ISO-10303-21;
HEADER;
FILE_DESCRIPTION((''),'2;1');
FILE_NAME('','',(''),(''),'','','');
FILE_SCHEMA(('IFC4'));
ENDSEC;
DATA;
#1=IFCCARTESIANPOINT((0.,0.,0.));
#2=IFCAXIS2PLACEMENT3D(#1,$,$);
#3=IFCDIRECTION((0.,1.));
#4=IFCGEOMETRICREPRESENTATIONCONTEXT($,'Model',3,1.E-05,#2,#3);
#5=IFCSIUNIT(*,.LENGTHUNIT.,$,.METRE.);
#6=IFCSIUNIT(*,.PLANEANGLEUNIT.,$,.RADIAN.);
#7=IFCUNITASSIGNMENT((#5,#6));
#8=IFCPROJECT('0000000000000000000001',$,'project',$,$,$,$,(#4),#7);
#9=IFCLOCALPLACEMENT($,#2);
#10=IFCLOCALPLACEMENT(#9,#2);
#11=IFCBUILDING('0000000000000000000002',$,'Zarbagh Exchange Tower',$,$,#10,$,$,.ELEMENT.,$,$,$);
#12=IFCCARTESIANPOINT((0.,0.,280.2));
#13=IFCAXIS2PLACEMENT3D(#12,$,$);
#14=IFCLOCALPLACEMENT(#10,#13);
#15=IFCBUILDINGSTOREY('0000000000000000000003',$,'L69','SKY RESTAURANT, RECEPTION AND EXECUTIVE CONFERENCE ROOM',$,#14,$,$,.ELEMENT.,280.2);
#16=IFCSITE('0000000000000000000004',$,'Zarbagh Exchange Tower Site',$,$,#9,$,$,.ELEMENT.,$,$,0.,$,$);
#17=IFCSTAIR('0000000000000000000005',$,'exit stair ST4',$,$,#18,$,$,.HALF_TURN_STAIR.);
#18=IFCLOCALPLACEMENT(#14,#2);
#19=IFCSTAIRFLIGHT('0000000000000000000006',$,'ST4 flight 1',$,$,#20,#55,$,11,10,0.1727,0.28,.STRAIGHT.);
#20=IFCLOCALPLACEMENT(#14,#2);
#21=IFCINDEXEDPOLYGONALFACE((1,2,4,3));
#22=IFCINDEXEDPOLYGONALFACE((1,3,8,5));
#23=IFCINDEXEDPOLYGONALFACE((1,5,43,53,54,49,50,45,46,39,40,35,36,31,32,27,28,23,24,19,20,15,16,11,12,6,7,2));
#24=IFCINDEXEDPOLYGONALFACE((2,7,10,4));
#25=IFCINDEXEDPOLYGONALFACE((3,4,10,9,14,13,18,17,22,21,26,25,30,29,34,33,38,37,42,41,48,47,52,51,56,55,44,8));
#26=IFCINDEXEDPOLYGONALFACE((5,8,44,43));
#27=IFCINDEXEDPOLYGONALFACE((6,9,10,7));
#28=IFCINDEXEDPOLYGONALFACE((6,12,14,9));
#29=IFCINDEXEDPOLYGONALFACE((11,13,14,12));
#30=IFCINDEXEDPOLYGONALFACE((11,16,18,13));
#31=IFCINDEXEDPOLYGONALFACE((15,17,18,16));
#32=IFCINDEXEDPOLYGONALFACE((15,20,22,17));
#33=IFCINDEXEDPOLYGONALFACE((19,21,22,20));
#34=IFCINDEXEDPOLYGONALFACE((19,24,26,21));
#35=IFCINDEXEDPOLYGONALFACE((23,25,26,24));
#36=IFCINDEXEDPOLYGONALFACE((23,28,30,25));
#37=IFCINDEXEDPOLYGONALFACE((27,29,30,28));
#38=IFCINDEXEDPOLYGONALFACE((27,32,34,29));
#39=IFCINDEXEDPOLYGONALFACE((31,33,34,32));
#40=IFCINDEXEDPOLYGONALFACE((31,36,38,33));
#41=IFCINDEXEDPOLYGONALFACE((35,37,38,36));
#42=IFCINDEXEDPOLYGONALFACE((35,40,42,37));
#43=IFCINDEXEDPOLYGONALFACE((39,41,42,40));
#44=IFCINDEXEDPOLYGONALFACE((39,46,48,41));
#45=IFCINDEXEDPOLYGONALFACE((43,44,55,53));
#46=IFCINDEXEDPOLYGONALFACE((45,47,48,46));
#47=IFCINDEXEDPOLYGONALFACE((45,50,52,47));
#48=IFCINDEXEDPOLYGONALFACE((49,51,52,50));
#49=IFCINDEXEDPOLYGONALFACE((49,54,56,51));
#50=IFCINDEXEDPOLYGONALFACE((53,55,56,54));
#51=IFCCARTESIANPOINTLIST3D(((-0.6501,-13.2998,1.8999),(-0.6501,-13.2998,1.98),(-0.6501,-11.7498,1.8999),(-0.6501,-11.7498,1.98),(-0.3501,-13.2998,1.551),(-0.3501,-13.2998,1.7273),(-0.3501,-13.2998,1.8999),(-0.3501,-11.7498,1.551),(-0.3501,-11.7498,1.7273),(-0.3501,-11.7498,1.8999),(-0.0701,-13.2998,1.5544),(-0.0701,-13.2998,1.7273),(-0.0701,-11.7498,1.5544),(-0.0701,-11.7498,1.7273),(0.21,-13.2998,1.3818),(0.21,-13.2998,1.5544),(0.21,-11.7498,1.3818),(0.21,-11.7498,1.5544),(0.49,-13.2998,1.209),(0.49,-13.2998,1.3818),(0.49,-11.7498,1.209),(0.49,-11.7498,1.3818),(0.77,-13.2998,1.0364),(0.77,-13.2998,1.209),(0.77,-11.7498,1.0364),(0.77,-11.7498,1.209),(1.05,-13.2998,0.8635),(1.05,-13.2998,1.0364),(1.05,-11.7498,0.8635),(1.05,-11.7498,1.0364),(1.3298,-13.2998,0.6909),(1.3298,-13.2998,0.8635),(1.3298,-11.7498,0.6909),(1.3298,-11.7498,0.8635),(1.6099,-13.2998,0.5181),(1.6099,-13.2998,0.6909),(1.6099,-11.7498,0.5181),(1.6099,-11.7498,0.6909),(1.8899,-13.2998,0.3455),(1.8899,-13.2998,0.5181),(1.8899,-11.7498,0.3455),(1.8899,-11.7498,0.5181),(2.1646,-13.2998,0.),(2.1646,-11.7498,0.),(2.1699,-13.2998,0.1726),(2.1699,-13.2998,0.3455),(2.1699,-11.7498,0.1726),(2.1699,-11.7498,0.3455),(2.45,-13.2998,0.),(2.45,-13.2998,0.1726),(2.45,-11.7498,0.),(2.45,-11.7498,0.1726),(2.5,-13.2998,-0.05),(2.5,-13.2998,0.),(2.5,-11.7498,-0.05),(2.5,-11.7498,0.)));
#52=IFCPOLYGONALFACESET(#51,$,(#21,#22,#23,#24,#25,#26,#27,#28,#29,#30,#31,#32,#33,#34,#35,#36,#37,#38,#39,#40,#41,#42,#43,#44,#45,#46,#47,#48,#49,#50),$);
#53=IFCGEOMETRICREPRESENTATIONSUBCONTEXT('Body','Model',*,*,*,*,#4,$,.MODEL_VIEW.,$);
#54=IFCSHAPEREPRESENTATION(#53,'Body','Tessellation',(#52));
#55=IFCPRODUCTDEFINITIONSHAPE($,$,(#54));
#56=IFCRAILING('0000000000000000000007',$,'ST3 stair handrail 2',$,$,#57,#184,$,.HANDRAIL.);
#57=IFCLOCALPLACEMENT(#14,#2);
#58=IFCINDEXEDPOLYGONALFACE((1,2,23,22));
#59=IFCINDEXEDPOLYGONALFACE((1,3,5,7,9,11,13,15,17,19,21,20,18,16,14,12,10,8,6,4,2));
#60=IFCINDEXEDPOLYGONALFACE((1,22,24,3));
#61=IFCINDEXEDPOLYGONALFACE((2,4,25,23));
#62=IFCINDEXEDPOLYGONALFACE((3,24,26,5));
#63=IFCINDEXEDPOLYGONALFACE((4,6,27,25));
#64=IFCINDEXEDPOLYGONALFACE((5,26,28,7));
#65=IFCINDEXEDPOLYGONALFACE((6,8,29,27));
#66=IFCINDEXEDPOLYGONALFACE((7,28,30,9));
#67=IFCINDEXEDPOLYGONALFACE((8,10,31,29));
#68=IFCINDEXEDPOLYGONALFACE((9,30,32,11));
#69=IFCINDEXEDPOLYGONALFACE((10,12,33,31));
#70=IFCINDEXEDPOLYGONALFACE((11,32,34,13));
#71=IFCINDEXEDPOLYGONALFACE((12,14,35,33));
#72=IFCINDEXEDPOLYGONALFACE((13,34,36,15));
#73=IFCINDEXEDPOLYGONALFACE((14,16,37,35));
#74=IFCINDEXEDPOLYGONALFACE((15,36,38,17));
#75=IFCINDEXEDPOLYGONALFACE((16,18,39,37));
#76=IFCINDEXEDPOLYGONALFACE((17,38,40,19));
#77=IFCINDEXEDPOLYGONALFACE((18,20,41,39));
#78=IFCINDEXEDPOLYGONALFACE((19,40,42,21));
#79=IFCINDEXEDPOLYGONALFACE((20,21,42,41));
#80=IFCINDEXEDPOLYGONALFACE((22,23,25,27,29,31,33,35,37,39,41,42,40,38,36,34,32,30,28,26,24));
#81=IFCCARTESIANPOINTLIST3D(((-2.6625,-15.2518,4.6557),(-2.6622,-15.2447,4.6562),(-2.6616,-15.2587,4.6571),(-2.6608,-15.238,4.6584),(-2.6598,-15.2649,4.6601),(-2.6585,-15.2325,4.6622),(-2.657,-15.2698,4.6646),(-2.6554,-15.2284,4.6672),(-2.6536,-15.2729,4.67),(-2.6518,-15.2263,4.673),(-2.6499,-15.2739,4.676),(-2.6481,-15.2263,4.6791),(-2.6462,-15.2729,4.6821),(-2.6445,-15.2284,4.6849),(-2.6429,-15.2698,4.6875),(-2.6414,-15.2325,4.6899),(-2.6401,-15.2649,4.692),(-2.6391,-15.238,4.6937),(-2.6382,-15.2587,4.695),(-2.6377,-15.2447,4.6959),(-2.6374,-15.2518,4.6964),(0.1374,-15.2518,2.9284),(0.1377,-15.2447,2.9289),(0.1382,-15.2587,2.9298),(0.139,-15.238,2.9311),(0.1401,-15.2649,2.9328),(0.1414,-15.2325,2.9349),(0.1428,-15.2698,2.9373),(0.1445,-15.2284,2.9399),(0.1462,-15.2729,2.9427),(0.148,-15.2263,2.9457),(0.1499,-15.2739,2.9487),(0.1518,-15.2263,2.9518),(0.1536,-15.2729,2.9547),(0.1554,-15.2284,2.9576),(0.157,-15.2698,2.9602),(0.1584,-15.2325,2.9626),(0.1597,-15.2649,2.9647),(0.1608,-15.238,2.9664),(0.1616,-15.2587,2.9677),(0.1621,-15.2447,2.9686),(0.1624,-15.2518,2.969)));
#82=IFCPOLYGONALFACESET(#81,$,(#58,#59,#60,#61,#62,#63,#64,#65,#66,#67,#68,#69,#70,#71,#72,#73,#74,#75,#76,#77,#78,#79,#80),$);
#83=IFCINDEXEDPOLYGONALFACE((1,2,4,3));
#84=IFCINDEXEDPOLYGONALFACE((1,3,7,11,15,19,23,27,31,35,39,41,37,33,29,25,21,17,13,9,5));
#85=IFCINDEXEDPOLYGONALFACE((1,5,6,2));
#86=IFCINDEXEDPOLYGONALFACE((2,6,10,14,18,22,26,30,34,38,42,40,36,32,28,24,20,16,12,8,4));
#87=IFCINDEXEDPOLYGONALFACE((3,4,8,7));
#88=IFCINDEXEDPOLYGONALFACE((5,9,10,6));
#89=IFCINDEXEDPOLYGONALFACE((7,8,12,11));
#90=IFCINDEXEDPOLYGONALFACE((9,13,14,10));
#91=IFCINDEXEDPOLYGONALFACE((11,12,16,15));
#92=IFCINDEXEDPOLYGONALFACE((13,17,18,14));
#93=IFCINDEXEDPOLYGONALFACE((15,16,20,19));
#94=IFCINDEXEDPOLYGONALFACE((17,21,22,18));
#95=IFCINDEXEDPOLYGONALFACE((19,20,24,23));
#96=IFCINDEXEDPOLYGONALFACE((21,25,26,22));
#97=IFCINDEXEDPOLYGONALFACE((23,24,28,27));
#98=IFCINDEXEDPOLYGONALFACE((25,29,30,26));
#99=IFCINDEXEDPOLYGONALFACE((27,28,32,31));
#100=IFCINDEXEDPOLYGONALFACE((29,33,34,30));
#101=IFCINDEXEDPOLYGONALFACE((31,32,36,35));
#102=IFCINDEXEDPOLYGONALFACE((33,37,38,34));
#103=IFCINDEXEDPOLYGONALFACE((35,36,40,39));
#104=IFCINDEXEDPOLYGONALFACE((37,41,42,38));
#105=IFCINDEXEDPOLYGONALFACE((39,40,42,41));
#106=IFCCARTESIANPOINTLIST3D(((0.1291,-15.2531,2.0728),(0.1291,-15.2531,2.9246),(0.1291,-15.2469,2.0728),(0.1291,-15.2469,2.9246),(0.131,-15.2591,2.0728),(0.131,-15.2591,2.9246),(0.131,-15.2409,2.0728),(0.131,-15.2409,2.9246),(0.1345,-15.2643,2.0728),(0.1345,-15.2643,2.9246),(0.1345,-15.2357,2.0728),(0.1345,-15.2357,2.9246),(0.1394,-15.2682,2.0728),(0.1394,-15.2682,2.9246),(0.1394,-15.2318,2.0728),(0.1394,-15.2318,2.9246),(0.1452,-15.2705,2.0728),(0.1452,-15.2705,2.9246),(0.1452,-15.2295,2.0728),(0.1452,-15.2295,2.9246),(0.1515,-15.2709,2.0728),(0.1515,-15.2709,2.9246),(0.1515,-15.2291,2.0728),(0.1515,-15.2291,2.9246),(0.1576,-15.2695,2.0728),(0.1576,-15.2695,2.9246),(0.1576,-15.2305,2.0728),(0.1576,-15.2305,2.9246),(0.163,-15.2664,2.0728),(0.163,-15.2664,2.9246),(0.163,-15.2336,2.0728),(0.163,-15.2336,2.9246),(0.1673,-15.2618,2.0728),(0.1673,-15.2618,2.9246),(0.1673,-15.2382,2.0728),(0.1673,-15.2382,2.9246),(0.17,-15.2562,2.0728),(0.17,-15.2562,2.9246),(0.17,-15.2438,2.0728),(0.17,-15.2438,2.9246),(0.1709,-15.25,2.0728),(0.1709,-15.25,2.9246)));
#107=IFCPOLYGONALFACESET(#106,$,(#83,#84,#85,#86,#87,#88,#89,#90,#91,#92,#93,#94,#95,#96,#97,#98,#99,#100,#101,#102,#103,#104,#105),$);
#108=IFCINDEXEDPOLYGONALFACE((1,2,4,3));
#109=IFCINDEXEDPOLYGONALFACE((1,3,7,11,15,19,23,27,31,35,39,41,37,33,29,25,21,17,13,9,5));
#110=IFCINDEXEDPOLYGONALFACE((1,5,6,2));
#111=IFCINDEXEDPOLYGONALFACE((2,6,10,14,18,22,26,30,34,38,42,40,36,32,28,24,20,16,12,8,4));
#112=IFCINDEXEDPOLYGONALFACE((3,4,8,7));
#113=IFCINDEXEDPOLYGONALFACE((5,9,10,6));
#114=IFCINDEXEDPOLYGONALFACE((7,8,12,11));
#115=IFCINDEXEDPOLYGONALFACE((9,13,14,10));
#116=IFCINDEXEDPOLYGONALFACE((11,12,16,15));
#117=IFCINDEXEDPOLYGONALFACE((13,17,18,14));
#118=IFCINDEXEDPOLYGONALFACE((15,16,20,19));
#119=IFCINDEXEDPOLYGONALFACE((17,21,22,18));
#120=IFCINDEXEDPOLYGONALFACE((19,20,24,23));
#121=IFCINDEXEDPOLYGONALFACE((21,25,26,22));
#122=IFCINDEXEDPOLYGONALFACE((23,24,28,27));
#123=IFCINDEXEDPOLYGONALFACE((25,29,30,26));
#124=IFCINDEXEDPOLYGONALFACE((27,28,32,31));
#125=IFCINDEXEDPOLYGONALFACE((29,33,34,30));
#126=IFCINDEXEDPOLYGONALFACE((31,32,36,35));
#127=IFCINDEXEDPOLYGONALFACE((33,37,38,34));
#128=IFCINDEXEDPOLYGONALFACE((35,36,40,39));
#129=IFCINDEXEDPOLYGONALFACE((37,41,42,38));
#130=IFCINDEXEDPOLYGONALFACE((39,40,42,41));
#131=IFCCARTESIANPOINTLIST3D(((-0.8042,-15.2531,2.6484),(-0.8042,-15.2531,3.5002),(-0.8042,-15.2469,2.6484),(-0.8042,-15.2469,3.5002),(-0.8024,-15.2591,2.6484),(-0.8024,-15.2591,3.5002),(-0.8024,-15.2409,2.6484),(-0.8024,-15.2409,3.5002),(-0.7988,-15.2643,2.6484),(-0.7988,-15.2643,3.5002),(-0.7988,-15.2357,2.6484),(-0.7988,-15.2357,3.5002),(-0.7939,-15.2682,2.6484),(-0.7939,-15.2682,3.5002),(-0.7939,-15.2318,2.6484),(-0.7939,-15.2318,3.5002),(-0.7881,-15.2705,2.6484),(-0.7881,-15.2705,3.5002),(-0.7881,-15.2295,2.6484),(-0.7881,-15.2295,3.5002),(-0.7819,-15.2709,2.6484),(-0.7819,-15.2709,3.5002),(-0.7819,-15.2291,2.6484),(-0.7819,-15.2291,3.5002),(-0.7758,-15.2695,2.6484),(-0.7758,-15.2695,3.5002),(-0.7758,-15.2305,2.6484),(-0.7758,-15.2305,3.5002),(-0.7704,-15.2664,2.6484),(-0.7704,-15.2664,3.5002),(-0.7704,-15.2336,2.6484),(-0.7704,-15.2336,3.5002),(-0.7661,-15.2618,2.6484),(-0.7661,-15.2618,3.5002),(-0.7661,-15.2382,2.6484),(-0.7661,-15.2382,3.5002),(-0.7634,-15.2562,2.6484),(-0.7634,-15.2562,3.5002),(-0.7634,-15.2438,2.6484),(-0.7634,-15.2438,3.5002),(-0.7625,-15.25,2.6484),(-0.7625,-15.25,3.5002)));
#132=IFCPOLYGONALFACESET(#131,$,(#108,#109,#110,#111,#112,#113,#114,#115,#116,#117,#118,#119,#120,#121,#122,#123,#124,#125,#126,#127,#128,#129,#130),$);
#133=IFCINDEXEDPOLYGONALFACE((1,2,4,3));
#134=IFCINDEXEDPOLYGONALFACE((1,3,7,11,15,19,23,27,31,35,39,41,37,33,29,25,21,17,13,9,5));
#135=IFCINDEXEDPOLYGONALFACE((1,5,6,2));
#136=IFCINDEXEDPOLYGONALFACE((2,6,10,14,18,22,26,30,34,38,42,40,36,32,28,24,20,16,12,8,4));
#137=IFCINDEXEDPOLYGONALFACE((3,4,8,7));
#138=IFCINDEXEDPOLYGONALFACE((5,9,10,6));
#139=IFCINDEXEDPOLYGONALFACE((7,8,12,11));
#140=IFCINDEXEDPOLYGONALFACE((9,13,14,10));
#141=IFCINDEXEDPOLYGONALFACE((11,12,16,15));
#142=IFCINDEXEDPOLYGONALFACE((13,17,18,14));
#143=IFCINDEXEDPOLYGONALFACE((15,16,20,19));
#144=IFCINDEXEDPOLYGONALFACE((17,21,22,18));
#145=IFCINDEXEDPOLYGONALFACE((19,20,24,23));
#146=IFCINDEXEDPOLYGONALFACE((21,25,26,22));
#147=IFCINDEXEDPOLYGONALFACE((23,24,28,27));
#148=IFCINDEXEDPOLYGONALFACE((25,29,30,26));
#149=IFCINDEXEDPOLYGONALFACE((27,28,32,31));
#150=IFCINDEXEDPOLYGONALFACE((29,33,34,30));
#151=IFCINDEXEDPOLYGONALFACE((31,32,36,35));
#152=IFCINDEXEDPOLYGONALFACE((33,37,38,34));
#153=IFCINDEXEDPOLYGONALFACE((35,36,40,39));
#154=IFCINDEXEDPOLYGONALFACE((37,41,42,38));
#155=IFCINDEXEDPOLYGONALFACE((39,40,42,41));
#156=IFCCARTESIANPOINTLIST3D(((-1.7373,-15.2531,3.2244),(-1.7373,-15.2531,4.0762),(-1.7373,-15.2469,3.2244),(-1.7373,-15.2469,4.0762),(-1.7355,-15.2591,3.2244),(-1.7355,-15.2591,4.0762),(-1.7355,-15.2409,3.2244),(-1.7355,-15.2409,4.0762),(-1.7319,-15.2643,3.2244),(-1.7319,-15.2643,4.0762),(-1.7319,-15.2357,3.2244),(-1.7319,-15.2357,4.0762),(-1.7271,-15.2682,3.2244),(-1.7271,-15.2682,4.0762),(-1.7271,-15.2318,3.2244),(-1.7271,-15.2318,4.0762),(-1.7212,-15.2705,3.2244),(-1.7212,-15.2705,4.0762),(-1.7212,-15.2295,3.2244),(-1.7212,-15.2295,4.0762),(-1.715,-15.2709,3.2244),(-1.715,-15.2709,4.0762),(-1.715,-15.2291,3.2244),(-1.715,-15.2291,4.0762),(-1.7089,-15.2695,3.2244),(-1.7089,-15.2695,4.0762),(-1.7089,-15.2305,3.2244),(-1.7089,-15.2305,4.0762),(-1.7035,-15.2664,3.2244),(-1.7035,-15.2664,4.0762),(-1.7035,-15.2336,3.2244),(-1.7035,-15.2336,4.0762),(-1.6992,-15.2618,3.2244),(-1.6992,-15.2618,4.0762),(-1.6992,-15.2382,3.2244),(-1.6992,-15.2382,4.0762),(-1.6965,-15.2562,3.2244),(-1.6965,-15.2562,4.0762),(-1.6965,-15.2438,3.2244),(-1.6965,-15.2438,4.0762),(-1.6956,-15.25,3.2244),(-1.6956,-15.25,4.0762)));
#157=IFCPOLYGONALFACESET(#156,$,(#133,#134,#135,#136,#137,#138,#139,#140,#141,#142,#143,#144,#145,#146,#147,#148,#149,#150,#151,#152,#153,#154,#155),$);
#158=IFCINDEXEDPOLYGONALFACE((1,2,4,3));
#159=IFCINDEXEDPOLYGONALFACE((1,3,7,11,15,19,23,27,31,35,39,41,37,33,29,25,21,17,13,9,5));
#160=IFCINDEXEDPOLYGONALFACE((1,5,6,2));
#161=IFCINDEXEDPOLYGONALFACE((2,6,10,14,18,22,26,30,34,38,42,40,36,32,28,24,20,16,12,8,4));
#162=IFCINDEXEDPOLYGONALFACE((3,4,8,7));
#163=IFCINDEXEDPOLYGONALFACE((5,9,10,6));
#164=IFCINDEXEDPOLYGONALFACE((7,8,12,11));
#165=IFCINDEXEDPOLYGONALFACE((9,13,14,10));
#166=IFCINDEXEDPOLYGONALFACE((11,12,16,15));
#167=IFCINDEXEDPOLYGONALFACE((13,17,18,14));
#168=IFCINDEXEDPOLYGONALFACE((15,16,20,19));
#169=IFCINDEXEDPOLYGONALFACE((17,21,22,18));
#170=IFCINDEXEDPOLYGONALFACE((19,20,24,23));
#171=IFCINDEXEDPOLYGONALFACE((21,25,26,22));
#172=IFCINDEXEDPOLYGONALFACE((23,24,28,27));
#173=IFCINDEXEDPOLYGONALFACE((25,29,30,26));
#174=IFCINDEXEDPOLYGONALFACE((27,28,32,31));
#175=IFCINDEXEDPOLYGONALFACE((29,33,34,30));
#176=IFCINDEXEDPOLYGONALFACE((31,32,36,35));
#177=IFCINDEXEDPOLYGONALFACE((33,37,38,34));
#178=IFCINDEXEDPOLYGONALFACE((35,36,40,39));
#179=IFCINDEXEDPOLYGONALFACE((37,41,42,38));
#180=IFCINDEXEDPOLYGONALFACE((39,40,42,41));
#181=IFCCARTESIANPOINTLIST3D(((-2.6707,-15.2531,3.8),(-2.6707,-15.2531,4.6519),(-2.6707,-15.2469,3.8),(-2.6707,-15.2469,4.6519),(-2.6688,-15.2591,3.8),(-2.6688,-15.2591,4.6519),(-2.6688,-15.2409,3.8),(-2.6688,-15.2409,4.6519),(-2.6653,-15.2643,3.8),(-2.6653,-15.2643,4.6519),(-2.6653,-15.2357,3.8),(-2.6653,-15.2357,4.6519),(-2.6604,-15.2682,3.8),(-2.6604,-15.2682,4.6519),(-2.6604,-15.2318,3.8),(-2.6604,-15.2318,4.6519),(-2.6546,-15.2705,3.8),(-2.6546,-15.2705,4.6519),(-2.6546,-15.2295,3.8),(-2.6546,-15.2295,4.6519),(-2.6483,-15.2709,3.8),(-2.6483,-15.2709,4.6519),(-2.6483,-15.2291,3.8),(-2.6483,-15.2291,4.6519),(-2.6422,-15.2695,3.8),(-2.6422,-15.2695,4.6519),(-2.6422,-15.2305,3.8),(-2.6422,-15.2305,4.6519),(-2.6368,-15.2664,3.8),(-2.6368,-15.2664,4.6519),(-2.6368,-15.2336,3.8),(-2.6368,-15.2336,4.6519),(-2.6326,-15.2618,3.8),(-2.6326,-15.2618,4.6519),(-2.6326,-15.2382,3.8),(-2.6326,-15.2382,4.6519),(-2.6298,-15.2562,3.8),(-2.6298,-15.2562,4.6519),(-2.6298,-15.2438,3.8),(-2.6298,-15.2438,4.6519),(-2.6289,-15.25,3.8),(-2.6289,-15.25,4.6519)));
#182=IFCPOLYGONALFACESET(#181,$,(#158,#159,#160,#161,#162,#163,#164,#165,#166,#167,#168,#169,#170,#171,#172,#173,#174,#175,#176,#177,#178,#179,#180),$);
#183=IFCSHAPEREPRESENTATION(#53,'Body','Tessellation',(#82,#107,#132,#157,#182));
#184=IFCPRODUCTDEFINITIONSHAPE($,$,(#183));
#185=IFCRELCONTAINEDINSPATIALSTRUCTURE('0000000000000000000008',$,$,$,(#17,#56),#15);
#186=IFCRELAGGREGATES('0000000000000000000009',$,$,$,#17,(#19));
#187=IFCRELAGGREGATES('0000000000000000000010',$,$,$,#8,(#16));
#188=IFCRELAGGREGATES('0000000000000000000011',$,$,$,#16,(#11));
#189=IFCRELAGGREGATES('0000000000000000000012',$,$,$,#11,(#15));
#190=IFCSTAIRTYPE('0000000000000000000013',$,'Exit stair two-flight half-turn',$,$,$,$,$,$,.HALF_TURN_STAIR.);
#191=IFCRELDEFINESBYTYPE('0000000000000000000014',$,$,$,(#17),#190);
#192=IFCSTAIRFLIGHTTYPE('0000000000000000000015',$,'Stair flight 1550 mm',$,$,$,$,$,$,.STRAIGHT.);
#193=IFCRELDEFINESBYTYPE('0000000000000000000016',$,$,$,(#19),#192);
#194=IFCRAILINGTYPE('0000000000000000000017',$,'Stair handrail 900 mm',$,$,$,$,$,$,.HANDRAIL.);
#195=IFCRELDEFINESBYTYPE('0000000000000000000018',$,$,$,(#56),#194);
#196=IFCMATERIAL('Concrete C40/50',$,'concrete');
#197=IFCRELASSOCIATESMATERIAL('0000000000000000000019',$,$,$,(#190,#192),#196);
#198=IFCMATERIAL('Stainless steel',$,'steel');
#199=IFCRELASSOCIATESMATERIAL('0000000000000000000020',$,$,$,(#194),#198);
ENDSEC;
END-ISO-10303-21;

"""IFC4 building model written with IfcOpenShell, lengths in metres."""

from ifc_helpers import new_model, si_unit, direction, frame, origin, origin_2d, place, context, subcontext, project, spatial, polyline, circle, outline, extrude, material, type_object, element, aggregate, save


model = new_model("IFC4")

# Units and contexts
model_context = context("Model", 3, precision=1e-05, world=origin(), true_north=direction((0.0, 1.0)))
body_context = subcontext(model_context, "Body", "Model", "MODEL_VIEW")
ifc_project = project(units=[si_unit("LENGTHUNIT", "METRE"), si_unit("PLANEANGLEUNIT", "RADIAN")], contexts=[model_context])

# Site, building, storey
site_placement = place(None, origin())
site = spatial("IfcSite", under=ifc_project, at=site_placement, Name="Zarbagh Exchange Tower Site", CompositionType="ELEMENT", RefElevation=0.0)
building_placement = place(site_placement, origin())
building = spatial("IfcBuilding", under=site, at=building_placement, Name="Zarbagh Exchange Tower", CompositionType="ELEMENT")
storey_placement = place(building_placement, frame((0.0, 0.0, 280.2)))
storey = spatial("IfcBuildingStorey", under=building, at=storey_placement, Name="L69", Description="SKY RESTAURANT, RECEPTION AND EXECUTIVE CONFERENCE ROOM", CompositionType="ELEMENT", Elevation=280.2)

# Shared definitions
ifc_material_1 = material(Name="Stainless steel", Category="steel")

# Shared definitions
ifc_material_2 = material(Name="Concrete C40/50", Category="concrete")

# Stair, stair flight
stair_type = type_object("IfcStairType", Name="Exit stair two-flight half-turn", PredefinedType="HALF_TURN_STAIR", material=ifc_material_2)
stair_1_placement = place(storey_placement, origin())
stair_1 = element("IfcStair", 1, at=stair_1_placement, inside=storey, type_object=stair_type, Name="exit stair ST4", PredefinedType="HALF_TURN_STAIR")
stair_flight_type_1 = type_object("IfcStairFlightType", Name="Stair flight 1550 mm", PredefinedType="STRAIGHT", material=ifc_material_2)
stair_flight_1_placement = place(storey_placement, frame((2.45, -12.5249, 0.0), z_axis=(0.0, 0.0, 1.0), x_axis=(-1.0, 0.0, 0.0)))
stair_flight_1 = element("IfcStairFlight", 2, at=stair_flight_1_placement, type_object=stair_flight_type_1, Name="ST4 flight 1", NumberOfRisers=11, NumberOfTreads=10, PredefinedType="STRAIGHT", RiserHeight=0.1727, TreadLength=0.28, context=body_context, shape_type="SweptSolid", body=[
    extrude(outline(polyline([(-0.05, -0.05), (-0.05, 0.0), (0.0, 0.0), (0.0, 0.1726), (0.28, 0.1726), (0.28, 0.3455), (0.5601, 0.3455), (0.5601, 0.5181), (0.8401, 0.5181), (0.8401, 0.6909), (1.1201, 0.6909), (1.1201, 0.8635), (1.3999, 0.8635), (1.3999, 1.0364), (1.6799, 1.0364), (1.6799, 1.209), (1.96, 1.209), (1.96, 1.3818), (2.24, 1.3818), (2.24, 1.5544), (2.52, 1.5544), (2.52, 1.7273), (2.8, 1.7273), (2.8, 1.8999), (3.1001, 1.98), (3.1001, 1.8999), (2.8, 1.551), (0.2854, 0.0), (-0.05, -0.05)])), frame((0.0, 0.7749, 0.0), z_axis=(0.0, -1.0, 0.0), x_axis=(1.0, 0.0, 0.0)), (0.0, 0.0, 1.0), 1.55),
])
aggregate(stair_1, [stair_flight_1])

# Railing
railing_type = type_object("IfcRailingType", Name="Stair handrail 900 mm", PredefinedType="HANDRAIL", material=ifc_material_1)
railing_1_placement = place(storey_placement, frame((0.1499, -15.25, 2.0728)))
element("IfcRailing", 3, at=railing_1_placement, inside=storey, type_object=railing_type, Name="ST3 stair handrail 2", PredefinedType="HANDRAIL", context=body_context, shape_type="SweptSolid", body=[
    extrude(circle(Radius=0.0239, at=origin_2d()), frame((0.0, 0.0, 0.876), z_axis=(-0.851069, 0.0, 0.525054), x_axis=(0.0, -1.0, 0.0)), (0.0, 0.0, 1.0), 3.2898),
    extrude(circle(Radius=0.021, at=origin_2d()), origin(), (0.0, 0.0, 1.0), 0.8518),
    extrude(circle(Radius=0.021, at=origin_2d()), frame((-0.9333, 0.0, 0.5757)), (0.0, 0.0, 1.0), 0.8518),
    extrude(circle(Radius=0.021, at=origin_2d()), frame((-1.8665, 0.0, 1.1516)), (0.0, 0.0, 1.0), 0.8518),
    extrude(circle(Radius=0.021, at=origin_2d()), frame((-2.7998, 0.0, 1.7273)), (0.0, 0.0, 1.0), 0.8518),
])

save(model, "model.ifc")
